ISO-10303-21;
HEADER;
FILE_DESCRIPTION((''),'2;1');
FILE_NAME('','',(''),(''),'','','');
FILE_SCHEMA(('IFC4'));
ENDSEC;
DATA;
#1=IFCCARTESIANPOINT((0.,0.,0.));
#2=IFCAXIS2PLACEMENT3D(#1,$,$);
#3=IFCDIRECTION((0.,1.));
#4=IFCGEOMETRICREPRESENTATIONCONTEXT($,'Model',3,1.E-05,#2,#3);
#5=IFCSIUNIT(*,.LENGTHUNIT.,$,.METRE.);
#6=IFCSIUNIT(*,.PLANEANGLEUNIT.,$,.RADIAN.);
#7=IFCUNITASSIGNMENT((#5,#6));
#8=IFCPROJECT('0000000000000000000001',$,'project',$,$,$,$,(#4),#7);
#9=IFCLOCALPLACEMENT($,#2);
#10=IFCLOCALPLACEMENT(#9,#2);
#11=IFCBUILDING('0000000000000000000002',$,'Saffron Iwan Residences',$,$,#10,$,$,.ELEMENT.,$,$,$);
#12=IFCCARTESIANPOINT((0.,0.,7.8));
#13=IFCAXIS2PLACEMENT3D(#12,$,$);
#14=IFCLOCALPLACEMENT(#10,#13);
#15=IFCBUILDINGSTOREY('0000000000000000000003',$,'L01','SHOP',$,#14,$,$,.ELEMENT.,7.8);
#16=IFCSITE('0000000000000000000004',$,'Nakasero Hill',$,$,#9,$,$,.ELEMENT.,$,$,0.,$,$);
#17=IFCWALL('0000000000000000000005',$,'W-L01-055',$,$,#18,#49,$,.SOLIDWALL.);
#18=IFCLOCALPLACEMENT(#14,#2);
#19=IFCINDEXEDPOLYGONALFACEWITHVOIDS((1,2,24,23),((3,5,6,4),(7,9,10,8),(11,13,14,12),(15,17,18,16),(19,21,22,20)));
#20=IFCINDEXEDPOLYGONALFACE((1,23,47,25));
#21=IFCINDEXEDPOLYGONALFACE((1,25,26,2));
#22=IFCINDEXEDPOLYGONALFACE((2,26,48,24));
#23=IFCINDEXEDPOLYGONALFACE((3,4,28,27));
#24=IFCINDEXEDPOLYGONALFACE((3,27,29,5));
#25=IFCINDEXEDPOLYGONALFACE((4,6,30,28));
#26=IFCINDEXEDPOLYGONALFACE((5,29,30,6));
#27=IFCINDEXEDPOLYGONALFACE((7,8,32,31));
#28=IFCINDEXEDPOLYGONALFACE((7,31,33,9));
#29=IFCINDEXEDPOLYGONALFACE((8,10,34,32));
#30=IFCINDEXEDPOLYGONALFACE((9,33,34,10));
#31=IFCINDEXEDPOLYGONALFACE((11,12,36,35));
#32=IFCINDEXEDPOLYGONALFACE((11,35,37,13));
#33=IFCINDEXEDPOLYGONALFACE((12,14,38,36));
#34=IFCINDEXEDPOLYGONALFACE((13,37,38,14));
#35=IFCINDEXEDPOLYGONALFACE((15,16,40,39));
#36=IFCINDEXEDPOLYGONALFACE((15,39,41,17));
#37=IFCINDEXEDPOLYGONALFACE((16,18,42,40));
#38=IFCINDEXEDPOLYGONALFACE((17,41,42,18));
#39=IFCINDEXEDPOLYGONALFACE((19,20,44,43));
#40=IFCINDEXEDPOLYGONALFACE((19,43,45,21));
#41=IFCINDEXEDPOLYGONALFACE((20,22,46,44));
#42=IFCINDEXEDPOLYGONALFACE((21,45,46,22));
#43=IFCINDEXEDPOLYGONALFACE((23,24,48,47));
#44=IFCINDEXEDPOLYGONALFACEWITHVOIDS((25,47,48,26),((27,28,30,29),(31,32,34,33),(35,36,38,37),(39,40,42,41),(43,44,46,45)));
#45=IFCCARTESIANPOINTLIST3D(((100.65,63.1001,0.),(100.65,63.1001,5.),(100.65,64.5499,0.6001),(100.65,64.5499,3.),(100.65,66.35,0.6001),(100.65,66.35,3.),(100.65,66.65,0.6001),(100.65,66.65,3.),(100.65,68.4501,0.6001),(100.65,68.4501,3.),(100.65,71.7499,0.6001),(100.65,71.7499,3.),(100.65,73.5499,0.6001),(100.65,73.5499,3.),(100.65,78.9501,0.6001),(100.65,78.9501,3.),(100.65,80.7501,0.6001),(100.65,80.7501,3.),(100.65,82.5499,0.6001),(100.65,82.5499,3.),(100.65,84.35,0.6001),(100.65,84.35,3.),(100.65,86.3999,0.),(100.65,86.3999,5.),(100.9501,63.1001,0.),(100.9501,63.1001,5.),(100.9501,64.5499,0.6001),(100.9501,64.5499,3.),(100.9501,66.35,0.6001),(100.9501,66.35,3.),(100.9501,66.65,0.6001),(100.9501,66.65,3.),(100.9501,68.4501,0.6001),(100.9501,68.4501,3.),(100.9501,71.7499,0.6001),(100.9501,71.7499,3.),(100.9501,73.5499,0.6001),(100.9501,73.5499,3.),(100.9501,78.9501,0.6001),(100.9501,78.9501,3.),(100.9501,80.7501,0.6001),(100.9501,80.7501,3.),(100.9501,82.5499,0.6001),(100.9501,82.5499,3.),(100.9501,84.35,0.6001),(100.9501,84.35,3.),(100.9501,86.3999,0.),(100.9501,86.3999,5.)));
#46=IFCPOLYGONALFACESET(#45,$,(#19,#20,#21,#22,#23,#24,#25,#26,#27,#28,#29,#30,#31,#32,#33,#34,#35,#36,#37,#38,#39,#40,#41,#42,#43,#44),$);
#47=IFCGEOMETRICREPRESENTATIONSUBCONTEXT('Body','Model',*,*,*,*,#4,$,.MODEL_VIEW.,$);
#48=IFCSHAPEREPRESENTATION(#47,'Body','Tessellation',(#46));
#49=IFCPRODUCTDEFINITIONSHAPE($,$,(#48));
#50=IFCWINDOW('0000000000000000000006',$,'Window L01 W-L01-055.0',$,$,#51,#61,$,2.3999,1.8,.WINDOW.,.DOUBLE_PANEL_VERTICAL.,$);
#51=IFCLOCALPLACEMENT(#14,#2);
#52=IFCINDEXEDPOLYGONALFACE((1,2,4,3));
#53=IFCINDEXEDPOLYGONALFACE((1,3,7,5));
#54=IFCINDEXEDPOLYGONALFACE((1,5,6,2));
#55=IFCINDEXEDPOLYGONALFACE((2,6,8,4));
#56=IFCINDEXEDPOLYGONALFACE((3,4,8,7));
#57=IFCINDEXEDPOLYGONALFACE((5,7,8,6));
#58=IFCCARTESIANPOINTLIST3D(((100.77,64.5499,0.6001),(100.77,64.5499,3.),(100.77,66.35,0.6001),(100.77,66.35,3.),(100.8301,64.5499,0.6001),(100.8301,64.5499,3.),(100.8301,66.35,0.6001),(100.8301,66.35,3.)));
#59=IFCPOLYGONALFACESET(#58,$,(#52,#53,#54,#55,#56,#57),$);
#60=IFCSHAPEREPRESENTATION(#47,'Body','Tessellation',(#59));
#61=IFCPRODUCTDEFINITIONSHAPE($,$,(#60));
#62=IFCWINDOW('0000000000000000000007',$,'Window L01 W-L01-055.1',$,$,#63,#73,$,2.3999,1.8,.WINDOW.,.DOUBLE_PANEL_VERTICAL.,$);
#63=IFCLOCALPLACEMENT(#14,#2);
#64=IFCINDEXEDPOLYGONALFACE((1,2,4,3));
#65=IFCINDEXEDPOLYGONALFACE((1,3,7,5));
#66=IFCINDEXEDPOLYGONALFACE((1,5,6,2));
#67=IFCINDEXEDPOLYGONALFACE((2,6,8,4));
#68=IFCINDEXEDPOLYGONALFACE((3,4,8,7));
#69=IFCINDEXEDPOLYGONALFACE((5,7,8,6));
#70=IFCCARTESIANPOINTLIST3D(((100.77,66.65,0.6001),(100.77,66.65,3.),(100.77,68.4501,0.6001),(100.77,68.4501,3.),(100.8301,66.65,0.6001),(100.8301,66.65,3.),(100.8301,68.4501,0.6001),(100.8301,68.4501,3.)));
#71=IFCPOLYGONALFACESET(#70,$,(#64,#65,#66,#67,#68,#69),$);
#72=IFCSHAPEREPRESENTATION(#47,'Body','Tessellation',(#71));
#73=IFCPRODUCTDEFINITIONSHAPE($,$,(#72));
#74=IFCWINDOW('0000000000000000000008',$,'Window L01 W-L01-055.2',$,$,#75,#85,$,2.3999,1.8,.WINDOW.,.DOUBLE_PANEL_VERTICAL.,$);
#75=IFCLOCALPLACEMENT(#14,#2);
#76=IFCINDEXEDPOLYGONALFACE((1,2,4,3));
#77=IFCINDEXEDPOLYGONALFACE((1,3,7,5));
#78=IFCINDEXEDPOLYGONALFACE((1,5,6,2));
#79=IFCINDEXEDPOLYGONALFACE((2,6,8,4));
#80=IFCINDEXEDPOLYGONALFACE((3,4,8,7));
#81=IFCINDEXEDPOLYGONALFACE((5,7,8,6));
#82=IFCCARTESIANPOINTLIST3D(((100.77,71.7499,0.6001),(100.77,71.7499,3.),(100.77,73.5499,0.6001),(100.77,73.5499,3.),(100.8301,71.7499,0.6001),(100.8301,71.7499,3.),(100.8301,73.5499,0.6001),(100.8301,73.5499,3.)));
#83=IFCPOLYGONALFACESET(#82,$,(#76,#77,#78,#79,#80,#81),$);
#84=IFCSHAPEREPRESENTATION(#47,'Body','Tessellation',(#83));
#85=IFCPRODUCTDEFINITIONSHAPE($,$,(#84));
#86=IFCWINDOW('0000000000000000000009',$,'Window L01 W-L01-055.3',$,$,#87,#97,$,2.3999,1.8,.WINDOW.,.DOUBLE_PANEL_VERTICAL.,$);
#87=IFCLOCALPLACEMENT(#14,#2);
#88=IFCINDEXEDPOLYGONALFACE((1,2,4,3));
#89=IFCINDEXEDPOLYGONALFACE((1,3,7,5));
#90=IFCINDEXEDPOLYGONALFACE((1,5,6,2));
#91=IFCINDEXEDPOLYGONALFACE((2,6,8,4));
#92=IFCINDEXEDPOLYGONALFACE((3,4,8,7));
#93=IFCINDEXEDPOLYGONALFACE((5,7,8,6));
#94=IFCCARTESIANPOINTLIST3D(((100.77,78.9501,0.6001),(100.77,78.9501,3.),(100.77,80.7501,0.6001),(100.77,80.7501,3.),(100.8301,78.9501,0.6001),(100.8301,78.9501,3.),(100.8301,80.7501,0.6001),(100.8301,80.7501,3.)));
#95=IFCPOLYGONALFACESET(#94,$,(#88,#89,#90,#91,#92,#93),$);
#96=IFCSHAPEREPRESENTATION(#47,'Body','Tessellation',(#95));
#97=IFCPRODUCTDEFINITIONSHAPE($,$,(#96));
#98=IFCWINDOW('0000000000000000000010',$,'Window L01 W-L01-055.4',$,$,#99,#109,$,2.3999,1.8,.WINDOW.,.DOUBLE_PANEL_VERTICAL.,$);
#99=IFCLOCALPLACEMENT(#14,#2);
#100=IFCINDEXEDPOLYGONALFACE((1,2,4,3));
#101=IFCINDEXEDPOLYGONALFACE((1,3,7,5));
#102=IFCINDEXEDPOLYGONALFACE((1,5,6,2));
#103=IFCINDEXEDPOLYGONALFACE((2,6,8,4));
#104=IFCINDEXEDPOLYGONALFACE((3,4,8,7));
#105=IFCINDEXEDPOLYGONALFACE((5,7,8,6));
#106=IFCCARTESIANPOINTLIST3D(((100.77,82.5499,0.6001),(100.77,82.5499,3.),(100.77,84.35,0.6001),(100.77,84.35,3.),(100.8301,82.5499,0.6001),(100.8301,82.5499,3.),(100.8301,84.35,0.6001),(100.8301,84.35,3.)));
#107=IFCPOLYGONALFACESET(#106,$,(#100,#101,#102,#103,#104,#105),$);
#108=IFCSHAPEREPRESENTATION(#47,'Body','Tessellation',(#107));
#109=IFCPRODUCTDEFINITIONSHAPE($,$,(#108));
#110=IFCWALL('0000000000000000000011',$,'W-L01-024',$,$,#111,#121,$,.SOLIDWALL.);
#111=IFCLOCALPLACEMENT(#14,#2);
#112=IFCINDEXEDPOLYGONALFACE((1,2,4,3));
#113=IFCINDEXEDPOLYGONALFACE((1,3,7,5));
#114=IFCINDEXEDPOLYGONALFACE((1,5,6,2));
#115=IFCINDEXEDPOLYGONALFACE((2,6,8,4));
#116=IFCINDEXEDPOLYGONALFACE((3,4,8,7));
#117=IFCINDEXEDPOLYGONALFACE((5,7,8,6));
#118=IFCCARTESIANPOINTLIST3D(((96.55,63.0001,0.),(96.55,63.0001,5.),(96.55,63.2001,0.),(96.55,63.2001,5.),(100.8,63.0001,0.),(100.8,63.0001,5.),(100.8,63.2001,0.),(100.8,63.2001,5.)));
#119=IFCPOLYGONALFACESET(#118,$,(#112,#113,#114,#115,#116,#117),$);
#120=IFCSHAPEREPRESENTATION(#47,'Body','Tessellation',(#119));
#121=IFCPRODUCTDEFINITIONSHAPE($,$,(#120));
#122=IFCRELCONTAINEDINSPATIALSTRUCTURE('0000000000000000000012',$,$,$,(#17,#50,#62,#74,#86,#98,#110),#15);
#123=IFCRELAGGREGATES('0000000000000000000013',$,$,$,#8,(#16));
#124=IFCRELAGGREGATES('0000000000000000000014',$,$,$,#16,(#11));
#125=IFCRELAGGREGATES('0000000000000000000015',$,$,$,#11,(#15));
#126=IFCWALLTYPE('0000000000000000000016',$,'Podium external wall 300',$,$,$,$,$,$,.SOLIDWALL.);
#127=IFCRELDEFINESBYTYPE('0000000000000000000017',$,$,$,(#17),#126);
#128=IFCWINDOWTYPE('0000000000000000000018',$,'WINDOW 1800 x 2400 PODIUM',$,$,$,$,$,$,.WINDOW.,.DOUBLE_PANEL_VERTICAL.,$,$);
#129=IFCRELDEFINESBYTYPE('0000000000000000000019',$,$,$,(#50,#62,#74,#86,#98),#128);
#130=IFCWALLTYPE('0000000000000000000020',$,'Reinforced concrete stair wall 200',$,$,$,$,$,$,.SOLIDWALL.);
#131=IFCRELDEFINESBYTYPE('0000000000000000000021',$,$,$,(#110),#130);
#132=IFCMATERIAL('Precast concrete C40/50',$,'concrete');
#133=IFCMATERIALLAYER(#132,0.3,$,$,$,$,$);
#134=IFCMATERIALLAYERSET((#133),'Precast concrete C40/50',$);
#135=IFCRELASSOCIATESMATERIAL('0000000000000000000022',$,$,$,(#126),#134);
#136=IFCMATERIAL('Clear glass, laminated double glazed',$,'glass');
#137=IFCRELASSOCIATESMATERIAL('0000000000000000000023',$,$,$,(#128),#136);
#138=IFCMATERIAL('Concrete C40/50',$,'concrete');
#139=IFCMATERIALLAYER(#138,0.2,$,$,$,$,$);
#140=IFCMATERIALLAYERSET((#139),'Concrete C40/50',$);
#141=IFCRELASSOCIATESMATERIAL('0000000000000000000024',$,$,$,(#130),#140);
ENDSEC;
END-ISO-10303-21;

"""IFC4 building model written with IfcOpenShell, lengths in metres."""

from ifc_helpers import new_model, si_unit, direction, frame, frame_2d, origin, place, context, subcontext, project, spatial, rectangle, extrude, material, layer, layer_set, type_object, element, fill, save


model = new_model("IFC4")

# Units and contexts
model_context = context("Model", 3, precision=1e-05, world=origin(), true_north=direction((0.0, 1.0)))
body_context = subcontext(model_context, "Body", "Model", "MODEL_VIEW")
ifc_project = project(units=[si_unit("LENGTHUNIT", "METRE"), si_unit("PLANEANGLEUNIT", "RADIAN")], contexts=[model_context])

# Site, building, storey
site_placement = place(None, origin())
site = spatial("IfcSite", under=ifc_project, at=site_placement, Name="Nakasero Hill", CompositionType="ELEMENT", RefElevation=0.0)
building_placement = place(site_placement, origin())
building = spatial("IfcBuilding", under=site, at=building_placement, Name="Saffron Iwan Residences", CompositionType="ELEMENT")
storey_placement = place(building_placement, frame((0.0, 0.0, 7.8)))
storey = spatial("IfcBuildingStorey", under=building, at=storey_placement, Name="L01", Description="SHOP", CompositionType="ELEMENT", Elevation=7.8)

# Shared definitions
ifc_material_1 = material(Name="Concrete C40/50", Category="concrete")

# Wall, openings, windows
ifc_material_2 = material(Name="Precast concrete C40/50", Category="concrete")
ifc_layer_1 = layer(ifc_material_2, 0.3)
ifc_layer_set_1 = layer_set([ifc_layer_1], Name="Precast concrete C40/50")
wall_type_1 = type_object("IfcWallType", Name="Podium external wall 300", PredefinedType="SOLIDWALL", material=ifc_layer_set_1)
wall_1_placement = place(storey_placement, frame((100.8, 63.1001, 0.0), z_axis=(0.0, 0.0, 1.0), x_axis=(0.0, 1.0, 0.0)))
wall_1 = element("IfcWall", 1, at=wall_1_placement, inside=storey, type_object=wall_type_1, Name="W-L01-055", PredefinedType="SOLIDWALL", context=body_context, shape_type="SweptSolid", body=[
    extrude(rectangle(XDim=23.2998, YDim=0.3, at=frame_2d((11.6499, 0.0))), origin(), (0.0, 0.0, 1.0), 5.0),
])
opening_1_placement = place(wall_1_placement, frame((1.45, 0.0, 0.6001)))
opening_1 = element("IfcOpeningElement", 2, at=opening_1_placement, cuts=wall_1, PredefinedType="OPENING", context=body_context, shape_type="SweptSolid", body=[
    extrude(rectangle(XDim=1.8, YDim=2.3999, at=frame_2d((0.8999, 1.2))), frame((0.0, 0.1602, 0.0), z_axis=(0.0, -1.0, 0.0), x_axis=(1.0, 0.0, 0.0)), (0.0, 0.0, 1.0), 0.3201),
])
opening_2_placement = place(wall_1_placement, frame((3.55, 0.0, 0.6001)))
opening_2 = element("IfcOpeningElement", 3, at=opening_2_placement, cuts=wall_1, PredefinedType="OPENING", context=body_context, shape_type="SweptSolid", body=[
    extrude(rectangle(XDim=1.8, YDim=2.3999, at=frame_2d((0.8999, 1.2))), frame((0.0, 0.1602, 0.0), z_axis=(0.0, -1.0, 0.0), x_axis=(1.0, 0.0, 0.0)), (0.0, 0.0, 1.0), 0.3201),
])
opening_3_placement = place(wall_1_placement, frame((8.6499, 0.0, 0.6001)))
opening_3 = element("IfcOpeningElement", 4, at=opening_3_placement, cuts=wall_1, PredefinedType="OPENING", context=body_context, shape_type="SweptSolid", body=[
    extrude(rectangle(XDim=1.8, YDim=2.3999, at=frame_2d((0.8999, 1.2))), frame((0.0, 0.1602, 0.0), z_axis=(0.0, -1.0, 0.0), x_axis=(1.0, 0.0, 0.0)), (0.0, 0.0, 1.0), 0.3201),
])
opening_4_placement = place(wall_1_placement, frame((15.8501, 0.0, 0.6001)))
opening_4 = element("IfcOpeningElement", 5, at=opening_4_placement, cuts=wall_1, PredefinedType="OPENING", context=body_context, shape_type="SweptSolid", body=[
    extrude(rectangle(XDim=1.8, YDim=2.3999, at=frame_2d((0.8999, 1.2))), frame((0.0, 0.1602, 0.0), z_axis=(0.0, -1.0, 0.0), x_axis=(1.0, 0.0, 0.0)), (0.0, 0.0, 1.0), 0.3201),
])
opening_5_placement = place(wall_1_placement, frame((19.45, 0.0, 0.6001)))
opening_5 = element("IfcOpeningElement", 6, at=opening_5_placement, cuts=wall_1, PredefinedType="OPENING", context=body_context, shape_type="SweptSolid", body=[
    extrude(rectangle(XDim=1.8, YDim=2.3999, at=frame_2d((0.8999, 1.2))), frame((0.0, 0.1602, 0.0), z_axis=(0.0, -1.0, 0.0), x_axis=(1.0, 0.0, 0.0)), (0.0, 0.0, 1.0), 0.3201),
])
ifc_material_3 = material(Name="Clear glass, laminated double glazed", Category="glass")
window_type = type_object("IfcWindowType", Name="WINDOW 1800 x 2400 PODIUM", PartitioningType="DOUBLE_PANEL_VERTICAL", PredefinedType="WINDOW", material=ifc_material_3)
window_1_placement = place(opening_1_placement, origin())
window_1 = element("IfcWindow", 7, at=window_1_placement, inside=storey, type_object=window_type, Name="Window L01 W-L01-055.0", OverallHeight=2.3999, OverallWidth=1.8, PartitioningType="DOUBLE_PANEL_VERTICAL", PredefinedType="WINDOW", context=body_context, shape_type="SweptSolid", body=[
    extrude(rectangle(XDim=1.8, YDim=2.3999, at=frame_2d((0.8999, 1.2))), frame((0.0, 0.03, 0.0), z_axis=(0.0, -1.0, 0.0), x_axis=(1.0, 0.0, 0.0)), (0.0, 0.0, 1.0), 0.0601),
])
fill(opening_1, window_1)
window_2_placement = place(opening_2_placement, origin())
window_2 = element("IfcWindow", 8, at=window_2_placement, inside=storey, type_object=window_type, Name="Window L01 W-L01-055.1", OverallHeight=2.3999, OverallWidth=1.8, PartitioningType="DOUBLE_PANEL_VERTICAL", PredefinedType="WINDOW", context=body_context, shape_type="SweptSolid", body=[
    extrude(rectangle(XDim=1.8, YDim=2.3999, at=frame_2d((0.8999, 1.2))), frame((0.0, 0.03, 0.0), z_axis=(0.0, -1.0, 0.0), x_axis=(1.0, 0.0, 0.0)), (0.0, 0.0, 1.0), 0.0601),
])
fill(opening_2, window_2)
window_3_placement = place(opening_3_placement, origin())
window_3 = element("IfcWindow", 9, at=window_3_placement, inside=storey, type_object=window_type, Name="Window L01 W-L01-055.2", OverallHeight=2.3999, OverallWidth=1.8, PartitioningType="DOUBLE_PANEL_VERTICAL", PredefinedType="WINDOW", context=body_context, shape_type="SweptSolid", body=[
    extrude(rectangle(XDim=1.8, YDim=2.3999, at=frame_2d((0.8999, 1.2))), frame((0.0, 0.03, 0.0), z_axis=(0.0, -1.0, 0.0), x_axis=(1.0, 0.0, 0.0)), (0.0, 0.0, 1.0), 0.0601),
])
fill(opening_3, window_3)
window_4_placement = place(opening_4_placement, origin())
window_4 = element("IfcWindow", 10, at=window_4_placement, inside=storey, type_object=window_type, Name="Window L01 W-L01-055.3", OverallHeight=2.3999, OverallWidth=1.8, PartitioningType="DOUBLE_PANEL_VERTICAL", PredefinedType="WINDOW", context=body_context, shape_type="SweptSolid", body=[
    extrude(rectangle(XDim=1.8, YDim=2.3999, at=frame_2d((0.8999, 1.2))), frame((0.0, 0.03, 0.0), z_axis=(0.0, -1.0, 0.0), x_axis=(1.0, 0.0, 0.0)), (0.0, 0.0, 1.0), 0.0601),
])
fill(opening_4, window_4)
window_5_placement = place(opening_5_placement, origin())
window_5 = element("IfcWindow", 11, at=window_5_placement, inside=storey, type_object=window_type, Name="Window L01 W-L01-055.4", OverallHeight=2.3999, OverallWidth=1.8, PartitioningType="DOUBLE_PANEL_VERTICAL", PredefinedType="WINDOW", context=body_context, shape_type="SweptSolid", body=[
    extrude(rectangle(XDim=1.8, YDim=2.3999, at=frame_2d((0.8999, 1.2))), frame((0.0, 0.03, 0.0), z_axis=(0.0, -1.0, 0.0), x_axis=(1.0, 0.0, 0.0)), (0.0, 0.0, 1.0), 0.0601),
])
fill(opening_5, window_5)

# Wall
ifc_layer_2 = layer(ifc_material_1, 0.2)
ifc_layer_set_2 = layer_set([ifc_layer_2], Name="Concrete C40/50")
wall_type_2 = type_object("IfcWallType", Name="Reinforced concrete stair wall 200", PredefinedType="SOLIDWALL", material=ifc_layer_set_2)
wall_2_placement = place(storey_placement, frame((96.55, 63.1001, 0.0), z_axis=(0.0, 0.0, 1.0), x_axis=(1.0, 0.0, 0.0)))
element("IfcWall", 12, at=wall_2_placement, inside=storey, type_object=wall_type_2, Name="W-L01-024", PredefinedType="SOLIDWALL", context=body_context, shape_type="SweptSolid", body=[
    extrude(rectangle(XDim=4.25, YDim=0.2, at=frame_2d((2.125, 0.0))), origin(), (0.0, 0.0, 1.0), 5.0),
])

save(model, "model.ifc")
